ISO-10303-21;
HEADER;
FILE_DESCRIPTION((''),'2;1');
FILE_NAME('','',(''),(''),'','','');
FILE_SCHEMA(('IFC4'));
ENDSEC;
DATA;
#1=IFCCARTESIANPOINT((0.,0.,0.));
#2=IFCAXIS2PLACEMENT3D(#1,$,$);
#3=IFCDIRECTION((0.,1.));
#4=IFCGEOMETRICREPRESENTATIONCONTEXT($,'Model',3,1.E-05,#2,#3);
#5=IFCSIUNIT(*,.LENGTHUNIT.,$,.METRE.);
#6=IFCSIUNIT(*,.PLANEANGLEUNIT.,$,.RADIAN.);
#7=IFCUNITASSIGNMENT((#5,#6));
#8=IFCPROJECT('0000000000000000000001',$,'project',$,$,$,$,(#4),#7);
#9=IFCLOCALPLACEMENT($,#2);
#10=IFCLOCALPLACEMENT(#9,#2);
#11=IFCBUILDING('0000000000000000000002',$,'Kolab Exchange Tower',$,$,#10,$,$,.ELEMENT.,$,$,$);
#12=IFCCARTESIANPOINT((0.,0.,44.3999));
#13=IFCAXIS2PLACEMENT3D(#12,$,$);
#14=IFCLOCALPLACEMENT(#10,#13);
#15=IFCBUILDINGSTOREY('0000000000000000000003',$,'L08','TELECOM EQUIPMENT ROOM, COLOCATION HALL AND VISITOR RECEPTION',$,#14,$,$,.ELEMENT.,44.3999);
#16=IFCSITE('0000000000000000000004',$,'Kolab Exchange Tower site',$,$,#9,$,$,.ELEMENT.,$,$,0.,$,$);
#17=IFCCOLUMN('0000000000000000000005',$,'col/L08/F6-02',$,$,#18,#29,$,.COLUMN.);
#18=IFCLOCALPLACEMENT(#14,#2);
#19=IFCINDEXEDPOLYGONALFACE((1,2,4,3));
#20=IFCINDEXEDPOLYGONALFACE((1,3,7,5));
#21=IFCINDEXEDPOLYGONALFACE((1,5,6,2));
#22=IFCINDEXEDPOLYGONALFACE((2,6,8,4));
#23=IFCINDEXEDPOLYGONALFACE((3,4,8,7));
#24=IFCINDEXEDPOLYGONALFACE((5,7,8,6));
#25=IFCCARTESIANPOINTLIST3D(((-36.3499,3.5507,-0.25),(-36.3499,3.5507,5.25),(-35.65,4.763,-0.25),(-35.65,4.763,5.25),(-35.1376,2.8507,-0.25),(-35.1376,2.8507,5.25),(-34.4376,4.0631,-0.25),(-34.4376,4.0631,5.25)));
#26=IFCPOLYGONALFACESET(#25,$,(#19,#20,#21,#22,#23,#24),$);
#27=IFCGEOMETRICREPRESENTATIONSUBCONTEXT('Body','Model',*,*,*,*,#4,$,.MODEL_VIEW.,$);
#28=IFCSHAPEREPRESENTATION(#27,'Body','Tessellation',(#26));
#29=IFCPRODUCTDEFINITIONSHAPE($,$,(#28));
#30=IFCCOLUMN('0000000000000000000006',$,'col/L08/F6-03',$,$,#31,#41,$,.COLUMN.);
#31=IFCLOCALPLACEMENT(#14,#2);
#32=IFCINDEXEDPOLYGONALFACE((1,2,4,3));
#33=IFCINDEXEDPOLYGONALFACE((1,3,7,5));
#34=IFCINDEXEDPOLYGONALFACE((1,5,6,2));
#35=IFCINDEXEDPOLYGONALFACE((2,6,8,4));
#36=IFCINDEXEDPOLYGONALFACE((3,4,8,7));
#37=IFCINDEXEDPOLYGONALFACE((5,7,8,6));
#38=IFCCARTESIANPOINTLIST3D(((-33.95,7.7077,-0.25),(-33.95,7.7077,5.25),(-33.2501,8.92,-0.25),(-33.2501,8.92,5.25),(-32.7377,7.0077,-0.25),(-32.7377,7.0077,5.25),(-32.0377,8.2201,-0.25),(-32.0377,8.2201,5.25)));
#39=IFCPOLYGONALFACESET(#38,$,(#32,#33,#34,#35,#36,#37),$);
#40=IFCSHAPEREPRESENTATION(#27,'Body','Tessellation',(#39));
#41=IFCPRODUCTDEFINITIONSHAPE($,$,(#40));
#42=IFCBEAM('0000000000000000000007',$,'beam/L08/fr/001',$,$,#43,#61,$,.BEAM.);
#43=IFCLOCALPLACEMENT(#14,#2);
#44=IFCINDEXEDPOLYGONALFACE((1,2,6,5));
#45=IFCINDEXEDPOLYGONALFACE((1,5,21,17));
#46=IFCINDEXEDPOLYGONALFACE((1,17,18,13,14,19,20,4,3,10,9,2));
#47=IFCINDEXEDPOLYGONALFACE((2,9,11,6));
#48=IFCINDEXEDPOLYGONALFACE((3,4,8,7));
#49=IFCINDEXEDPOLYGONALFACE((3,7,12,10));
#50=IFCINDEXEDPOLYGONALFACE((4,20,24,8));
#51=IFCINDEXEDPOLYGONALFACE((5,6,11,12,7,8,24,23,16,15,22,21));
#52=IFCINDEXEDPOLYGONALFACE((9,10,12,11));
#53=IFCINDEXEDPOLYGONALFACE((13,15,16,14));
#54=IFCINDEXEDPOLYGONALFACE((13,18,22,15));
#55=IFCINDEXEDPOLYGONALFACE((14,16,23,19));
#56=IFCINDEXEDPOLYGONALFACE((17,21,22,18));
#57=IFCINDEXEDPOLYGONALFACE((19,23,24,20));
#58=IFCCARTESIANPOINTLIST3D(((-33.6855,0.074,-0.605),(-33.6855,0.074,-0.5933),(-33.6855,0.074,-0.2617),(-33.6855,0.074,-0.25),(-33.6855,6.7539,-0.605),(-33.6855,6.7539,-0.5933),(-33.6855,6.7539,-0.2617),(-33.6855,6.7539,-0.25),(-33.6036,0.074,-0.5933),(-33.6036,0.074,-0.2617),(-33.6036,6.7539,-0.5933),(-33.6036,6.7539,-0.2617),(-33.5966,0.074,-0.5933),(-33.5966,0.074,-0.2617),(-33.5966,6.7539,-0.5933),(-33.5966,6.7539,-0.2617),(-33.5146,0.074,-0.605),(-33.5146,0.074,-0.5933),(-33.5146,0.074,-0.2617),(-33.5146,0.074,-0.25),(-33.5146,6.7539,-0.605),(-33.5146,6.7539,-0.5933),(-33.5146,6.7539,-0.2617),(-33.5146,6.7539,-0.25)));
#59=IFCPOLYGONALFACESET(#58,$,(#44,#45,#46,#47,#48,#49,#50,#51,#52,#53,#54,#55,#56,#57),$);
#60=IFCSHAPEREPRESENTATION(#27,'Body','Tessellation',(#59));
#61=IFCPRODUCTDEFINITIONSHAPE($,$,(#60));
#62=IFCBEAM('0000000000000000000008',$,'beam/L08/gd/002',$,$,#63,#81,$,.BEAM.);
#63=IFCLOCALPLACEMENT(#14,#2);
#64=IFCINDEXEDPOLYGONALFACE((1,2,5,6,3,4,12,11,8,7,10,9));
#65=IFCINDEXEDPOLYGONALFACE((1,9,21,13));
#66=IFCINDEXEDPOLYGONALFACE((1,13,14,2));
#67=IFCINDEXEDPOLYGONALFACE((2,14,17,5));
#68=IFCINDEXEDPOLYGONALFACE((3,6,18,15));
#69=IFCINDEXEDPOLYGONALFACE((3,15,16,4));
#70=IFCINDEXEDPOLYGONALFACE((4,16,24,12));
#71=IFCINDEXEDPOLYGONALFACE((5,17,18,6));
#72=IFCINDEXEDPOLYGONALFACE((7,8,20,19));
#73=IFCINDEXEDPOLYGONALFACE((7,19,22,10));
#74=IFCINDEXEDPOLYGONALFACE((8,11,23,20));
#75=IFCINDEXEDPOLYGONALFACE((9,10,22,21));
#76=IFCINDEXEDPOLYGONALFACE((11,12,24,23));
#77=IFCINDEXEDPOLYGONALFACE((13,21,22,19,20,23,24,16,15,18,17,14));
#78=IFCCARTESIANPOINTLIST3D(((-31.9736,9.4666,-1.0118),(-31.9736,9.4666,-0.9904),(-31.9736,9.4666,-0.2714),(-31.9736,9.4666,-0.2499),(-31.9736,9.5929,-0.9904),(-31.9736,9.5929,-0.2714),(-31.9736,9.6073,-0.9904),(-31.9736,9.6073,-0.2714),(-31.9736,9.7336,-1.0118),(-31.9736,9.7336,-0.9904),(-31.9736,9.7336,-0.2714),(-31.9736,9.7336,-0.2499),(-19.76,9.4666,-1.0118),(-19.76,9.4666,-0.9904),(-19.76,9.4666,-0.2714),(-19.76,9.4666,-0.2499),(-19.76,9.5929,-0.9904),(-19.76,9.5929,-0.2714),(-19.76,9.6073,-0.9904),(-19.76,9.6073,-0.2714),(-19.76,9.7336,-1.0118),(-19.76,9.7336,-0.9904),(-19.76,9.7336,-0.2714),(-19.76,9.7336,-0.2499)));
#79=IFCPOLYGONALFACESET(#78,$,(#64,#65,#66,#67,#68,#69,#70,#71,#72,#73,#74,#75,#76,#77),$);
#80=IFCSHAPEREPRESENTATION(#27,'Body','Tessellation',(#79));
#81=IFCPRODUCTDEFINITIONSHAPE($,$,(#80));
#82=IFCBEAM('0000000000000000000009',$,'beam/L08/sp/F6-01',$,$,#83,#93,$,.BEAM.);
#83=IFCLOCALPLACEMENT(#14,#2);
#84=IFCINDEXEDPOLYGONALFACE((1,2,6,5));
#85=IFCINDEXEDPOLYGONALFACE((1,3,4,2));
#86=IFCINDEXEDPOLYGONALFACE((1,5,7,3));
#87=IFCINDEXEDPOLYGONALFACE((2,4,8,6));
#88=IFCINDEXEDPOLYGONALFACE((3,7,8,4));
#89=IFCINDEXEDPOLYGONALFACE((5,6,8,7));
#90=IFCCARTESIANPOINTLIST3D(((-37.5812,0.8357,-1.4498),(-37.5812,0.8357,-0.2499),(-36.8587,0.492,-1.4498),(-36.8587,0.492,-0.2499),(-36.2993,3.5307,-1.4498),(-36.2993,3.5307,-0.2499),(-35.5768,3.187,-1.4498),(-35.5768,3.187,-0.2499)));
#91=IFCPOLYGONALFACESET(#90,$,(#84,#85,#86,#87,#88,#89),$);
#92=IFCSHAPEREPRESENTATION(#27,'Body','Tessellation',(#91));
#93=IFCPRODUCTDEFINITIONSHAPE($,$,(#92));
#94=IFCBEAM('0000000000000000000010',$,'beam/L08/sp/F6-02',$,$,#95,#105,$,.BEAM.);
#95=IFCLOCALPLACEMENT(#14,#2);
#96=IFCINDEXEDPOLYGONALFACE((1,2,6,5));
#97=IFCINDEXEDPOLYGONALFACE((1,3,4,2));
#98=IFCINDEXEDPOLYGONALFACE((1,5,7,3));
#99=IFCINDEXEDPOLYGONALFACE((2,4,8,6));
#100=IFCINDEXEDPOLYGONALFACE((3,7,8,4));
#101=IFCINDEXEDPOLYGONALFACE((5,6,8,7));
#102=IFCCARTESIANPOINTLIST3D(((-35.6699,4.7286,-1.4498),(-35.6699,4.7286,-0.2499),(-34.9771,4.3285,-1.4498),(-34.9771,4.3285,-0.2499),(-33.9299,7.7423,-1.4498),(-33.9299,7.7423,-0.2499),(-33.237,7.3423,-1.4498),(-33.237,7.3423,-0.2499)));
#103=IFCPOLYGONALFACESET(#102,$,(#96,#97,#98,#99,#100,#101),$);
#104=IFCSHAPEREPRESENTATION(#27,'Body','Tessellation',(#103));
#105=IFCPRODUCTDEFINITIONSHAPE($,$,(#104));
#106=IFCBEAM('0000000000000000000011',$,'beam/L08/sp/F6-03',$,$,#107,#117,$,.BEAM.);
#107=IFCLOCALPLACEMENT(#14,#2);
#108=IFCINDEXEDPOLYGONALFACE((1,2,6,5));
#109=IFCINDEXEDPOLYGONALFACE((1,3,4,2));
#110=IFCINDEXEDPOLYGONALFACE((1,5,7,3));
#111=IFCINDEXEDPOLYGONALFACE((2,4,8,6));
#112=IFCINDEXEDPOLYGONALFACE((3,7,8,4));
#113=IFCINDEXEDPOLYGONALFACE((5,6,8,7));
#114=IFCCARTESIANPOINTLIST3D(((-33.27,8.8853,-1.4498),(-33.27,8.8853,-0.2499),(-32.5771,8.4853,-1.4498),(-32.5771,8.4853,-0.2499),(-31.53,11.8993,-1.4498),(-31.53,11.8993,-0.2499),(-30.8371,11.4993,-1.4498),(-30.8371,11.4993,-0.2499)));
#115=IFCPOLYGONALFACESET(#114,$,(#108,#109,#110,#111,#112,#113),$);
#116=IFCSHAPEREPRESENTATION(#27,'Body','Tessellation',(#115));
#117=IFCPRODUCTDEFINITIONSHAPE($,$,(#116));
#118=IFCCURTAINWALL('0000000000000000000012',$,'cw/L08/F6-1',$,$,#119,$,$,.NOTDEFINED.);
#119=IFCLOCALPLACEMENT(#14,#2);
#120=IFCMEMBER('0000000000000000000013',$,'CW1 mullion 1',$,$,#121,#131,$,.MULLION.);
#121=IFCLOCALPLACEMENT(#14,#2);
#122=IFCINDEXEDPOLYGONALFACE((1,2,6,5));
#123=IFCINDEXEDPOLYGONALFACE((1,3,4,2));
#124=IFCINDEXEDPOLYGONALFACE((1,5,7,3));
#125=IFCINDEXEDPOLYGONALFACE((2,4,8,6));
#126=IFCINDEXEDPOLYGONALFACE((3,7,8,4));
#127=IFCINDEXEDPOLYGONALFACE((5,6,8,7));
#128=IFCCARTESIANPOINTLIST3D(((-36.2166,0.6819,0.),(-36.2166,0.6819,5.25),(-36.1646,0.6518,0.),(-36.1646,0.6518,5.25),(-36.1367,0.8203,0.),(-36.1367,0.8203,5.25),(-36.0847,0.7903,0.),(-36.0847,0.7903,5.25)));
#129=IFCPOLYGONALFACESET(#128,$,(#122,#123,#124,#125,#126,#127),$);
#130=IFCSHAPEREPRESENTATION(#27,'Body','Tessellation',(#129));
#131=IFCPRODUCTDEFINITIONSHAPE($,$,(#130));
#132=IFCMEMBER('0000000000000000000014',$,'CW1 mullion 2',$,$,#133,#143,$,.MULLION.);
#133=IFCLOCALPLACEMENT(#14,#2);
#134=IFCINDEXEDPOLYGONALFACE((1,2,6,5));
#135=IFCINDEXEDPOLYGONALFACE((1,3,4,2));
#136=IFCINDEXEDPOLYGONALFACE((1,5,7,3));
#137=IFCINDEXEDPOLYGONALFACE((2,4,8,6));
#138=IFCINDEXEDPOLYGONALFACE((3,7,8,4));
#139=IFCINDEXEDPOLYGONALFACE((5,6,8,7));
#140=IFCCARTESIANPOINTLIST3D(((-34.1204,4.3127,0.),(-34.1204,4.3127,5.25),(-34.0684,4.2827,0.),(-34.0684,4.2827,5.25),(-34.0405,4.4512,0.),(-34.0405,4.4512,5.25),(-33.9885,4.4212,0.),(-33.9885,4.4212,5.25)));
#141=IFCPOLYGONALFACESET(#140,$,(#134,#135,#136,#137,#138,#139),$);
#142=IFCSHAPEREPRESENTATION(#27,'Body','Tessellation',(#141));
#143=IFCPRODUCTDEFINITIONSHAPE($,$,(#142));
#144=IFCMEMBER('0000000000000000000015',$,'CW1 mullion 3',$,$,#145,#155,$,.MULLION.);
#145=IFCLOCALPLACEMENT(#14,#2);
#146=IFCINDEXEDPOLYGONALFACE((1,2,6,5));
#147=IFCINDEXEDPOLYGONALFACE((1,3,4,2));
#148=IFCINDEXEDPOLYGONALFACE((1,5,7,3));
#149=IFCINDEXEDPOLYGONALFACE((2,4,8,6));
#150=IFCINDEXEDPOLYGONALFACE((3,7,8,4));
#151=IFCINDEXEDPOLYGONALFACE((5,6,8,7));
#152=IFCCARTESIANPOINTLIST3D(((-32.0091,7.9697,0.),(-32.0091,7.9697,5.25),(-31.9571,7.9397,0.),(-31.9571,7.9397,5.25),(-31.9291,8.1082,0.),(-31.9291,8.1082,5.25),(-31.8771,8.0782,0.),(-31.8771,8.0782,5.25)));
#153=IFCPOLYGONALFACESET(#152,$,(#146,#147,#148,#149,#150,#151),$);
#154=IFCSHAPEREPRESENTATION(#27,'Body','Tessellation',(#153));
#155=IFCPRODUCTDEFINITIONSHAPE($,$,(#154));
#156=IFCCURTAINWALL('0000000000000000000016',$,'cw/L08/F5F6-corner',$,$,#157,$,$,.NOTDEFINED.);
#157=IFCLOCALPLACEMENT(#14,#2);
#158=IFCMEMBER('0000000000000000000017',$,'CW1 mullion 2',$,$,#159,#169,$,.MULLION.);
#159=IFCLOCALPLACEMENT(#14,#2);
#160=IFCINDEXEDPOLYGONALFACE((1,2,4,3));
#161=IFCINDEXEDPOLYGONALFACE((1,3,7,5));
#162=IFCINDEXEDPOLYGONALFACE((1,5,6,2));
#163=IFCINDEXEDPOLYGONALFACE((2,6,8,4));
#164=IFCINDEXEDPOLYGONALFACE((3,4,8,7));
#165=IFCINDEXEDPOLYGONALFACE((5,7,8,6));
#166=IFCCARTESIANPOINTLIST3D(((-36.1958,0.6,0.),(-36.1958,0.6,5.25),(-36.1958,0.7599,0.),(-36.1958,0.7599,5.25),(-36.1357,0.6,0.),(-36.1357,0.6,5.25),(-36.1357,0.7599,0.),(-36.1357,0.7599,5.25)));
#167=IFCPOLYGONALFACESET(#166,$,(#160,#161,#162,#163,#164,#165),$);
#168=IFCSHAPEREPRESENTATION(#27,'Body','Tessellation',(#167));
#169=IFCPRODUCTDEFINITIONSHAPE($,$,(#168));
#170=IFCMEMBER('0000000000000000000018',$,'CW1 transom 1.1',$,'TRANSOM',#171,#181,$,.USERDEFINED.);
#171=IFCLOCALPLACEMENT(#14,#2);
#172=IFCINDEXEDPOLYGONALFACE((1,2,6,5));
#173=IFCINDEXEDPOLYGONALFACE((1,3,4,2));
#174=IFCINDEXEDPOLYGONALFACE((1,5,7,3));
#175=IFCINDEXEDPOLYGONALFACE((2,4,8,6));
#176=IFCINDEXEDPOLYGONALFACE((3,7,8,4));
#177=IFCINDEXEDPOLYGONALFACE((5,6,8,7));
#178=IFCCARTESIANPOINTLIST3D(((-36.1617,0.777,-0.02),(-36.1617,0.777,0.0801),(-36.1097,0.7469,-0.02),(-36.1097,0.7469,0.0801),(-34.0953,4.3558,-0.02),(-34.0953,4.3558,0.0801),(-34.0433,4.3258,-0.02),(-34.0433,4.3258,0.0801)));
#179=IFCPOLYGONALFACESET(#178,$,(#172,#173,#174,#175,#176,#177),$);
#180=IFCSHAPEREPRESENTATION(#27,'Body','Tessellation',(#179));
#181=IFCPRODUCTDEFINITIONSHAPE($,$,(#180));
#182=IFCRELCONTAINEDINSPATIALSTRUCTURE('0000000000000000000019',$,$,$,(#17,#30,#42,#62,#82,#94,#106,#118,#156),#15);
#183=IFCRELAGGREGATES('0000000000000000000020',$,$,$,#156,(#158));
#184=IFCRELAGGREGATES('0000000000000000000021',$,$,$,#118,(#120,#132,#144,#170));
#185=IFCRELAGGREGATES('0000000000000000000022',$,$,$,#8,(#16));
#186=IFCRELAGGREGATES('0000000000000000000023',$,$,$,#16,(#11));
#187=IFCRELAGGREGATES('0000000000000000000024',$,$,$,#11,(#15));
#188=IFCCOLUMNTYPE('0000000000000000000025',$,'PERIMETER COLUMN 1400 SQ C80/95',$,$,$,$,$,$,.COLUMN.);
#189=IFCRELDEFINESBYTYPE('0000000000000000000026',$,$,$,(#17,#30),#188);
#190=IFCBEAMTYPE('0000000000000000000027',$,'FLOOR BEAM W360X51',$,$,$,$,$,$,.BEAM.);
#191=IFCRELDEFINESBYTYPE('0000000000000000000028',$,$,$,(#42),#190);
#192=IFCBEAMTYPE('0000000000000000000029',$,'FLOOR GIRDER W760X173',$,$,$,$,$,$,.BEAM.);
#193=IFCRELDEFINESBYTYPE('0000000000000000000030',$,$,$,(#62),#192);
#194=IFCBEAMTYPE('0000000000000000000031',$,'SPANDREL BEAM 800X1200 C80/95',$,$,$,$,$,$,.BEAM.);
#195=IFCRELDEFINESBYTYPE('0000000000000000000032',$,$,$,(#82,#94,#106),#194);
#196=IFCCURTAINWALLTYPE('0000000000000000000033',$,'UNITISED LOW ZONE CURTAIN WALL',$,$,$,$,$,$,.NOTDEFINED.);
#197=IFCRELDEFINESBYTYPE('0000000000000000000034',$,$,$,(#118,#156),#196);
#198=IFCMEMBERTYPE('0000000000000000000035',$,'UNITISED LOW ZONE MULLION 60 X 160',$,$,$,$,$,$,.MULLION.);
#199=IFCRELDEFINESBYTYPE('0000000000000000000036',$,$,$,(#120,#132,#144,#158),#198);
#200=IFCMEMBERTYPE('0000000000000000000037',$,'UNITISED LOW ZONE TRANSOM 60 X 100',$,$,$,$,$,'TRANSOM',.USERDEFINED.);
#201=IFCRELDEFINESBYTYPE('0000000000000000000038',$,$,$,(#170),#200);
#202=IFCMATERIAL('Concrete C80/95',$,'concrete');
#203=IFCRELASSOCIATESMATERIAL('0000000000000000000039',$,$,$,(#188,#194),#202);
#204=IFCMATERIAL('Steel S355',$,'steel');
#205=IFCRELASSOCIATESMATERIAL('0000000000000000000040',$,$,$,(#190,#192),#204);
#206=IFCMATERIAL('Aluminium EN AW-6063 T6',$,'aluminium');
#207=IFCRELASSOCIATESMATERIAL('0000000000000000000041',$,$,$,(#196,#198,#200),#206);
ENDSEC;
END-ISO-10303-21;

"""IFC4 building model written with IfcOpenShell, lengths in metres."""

from ifc_helpers import new_model, si_unit, direction, frame, origin, origin_2d, place, context, subcontext, project, spatial, rectangle, i_section, extrude, material, material_profile, profile_set, type_object, element, aggregate, save


model = new_model("IFC4")

# Units and contexts
model_context = context("Model", 3, precision=1e-05, world=origin(), true_north=direction((0.0, 1.0)))
body_context = subcontext(model_context, "Body", "Model", "MODEL_VIEW")
ifc_project = project(units=[si_unit("LENGTHUNIT", "METRE"), si_unit("PLANEANGLEUNIT", "RADIAN")], contexts=[model_context])

# Site, building, storey
site_placement = place(None, origin())
site = spatial("IfcSite", under=ifc_project, at=site_placement, Name="Kolab Exchange Tower site", CompositionType="ELEMENT", RefElevation=0.0)
building_placement = place(site_placement, origin())
building = spatial("IfcBuilding", under=site, at=building_placement, Name="Kolab Exchange Tower", CompositionType="ELEMENT")
storey_placement = place(building_placement, frame((0.0, 0.0, 44.3999)))
storey = spatial("IfcBuildingStorey", under=building, at=storey_placement, Name="L08", Description="TELECOM EQUIPMENT ROOM, COLOCATION HALL AND VISITOR RECEPTION", CompositionType="ELEMENT", Elevation=44.3999)

# Columns
ifc_material_1 = material(Name="Concrete C80/95", Category="concrete")
ifc_material_profile_1 = material_profile(ifc_material_1, rectangle(XDim=1.3999, YDim=1.3999, at=origin_2d()), Name="RC1400")
ifc_profile_set_1 = profile_set([ifc_material_profile_1], Name="Concrete C80/95")
column_type = type_object("IfcColumnType", Name="PERIMETER COLUMN 1400 SQ C80/95", PredefinedType="COLUMN", material=ifc_profile_set_1)
for number, where, z_axis, x_axis, name in (
    (1, (-35.3938, 3.8069, -0.25), (0.0, 0.0, 1.0), (0.5, 0.866025, 0.0), "col/L08/F6-02"),
    (2, (-32.9939, 7.9639, -0.25), (0.0, 0.0, 1.0), (0.5, 0.866025, 0.0), "col/L08/F6-03"),
):
    element("IfcColumn", number, at=place(storey_placement, frame(where, z_axis=z_axis, x_axis=x_axis)), inside=storey, type_object=column_type, Name=name, PredefinedType="COLUMN", context=body_context, shape_type="SweptSolid", body=[
        extrude(rectangle(XDim=1.3999, YDim=1.3999, at=origin_2d()), origin(), (0.0, 0.0, 1.0), 5.5),
    ])

# Beams
ifc_material_2 = material(Name="Steel S355", Category="steel")
ifc_material_profile_2 = material_profile(ifc_material_2, i_section(OverallWidth=0.1709, OverallDepth=0.355, WebThickness=0.0071, FlangeThickness=0.0117, at=origin_2d()), Name="W360X51")
ifc_profile_set_2 = profile_set([ifc_material_profile_2], Name="Steel S355")
beam_type_1 = type_object("IfcBeamType", Name="FLOOR BEAM W360X51", PredefinedType="BEAM", material=ifc_profile_set_2)
beam_1_placement = place(storey_placement, frame((-33.6001, 0.074, -0.4275), z_axis=(0.0, 1.0, 0.0), x_axis=(-1.0, 0.0, 0.0)))
element("IfcBeam", 3, at=beam_1_placement, inside=storey, type_object=beam_type_1, Name="beam/L08/fr/001", PredefinedType="BEAM", context=body_context, shape_type="SweptSolid", body=[
    extrude(i_section(OverallWidth=0.1709, OverallDepth=0.355, WebThickness=0.0071, FlangeThickness=0.0117, at=origin_2d()), origin(), (0.0, 0.0, 1.0), 6.6799),
])
ifc_material_profile_3 = material_profile(ifc_material_2, i_section(OverallWidth=0.2671, OverallDepth=0.762, WebThickness=0.0144, FlangeThickness=0.0215, at=origin_2d()), Name="W760X173")
ifc_profile_set_3 = profile_set([ifc_material_profile_3], Name="Steel S355")
beam_type_2 = type_object("IfcBeamType", Name="FLOOR GIRDER W760X173", PredefinedType="BEAM", material=ifc_profile_set_3)
beam_2_placement = place(storey_placement, frame((-31.9736, 9.6001, -0.6309), z_axis=(1.0, 0.0, 0.0), x_axis=(0.0, 1.0, 0.0)))
element("IfcBeam", 4, at=beam_2_placement, inside=storey, type_object=beam_type_2, Name="beam/L08/gd/002", PredefinedType="BEAM", context=body_context, shape_type="SweptSolid", body=[
    extrude(i_section(OverallWidth=0.2671, OverallDepth=0.762, WebThickness=0.0144, FlangeThickness=0.0215, at=origin_2d()), origin(), (0.0, 0.0, 1.0), 12.2136),
])
ifc_material_profile_4 = material_profile(ifc_material_1, rectangle(XDim=0.8, YDim=1.2, at=origin_2d()), Name="RC800X1200")
ifc_profile_set_4 = profile_set([ifc_material_profile_4], Name="Concrete C80/95")
beam_type_3 = type_object("IfcBeamType", Name="SPANDREL BEAM 800X1200 C80/95", PredefinedType="BEAM", material=ifc_profile_set_4)
beam_3_placement = place(storey_placement, frame((-37.22, 0.6638, -0.8499), z_axis=(0.429556, 0.90304, 0.0), x_axis=(-0.90304, 0.429556, 0.0)))
element("IfcBeam", 5, at=beam_3_placement, inside=storey, type_object=beam_type_3, Name="beam/L08/sp/F6-01", PredefinedType="BEAM", context=body_context, shape_type="SweptSolid", body=[
    extrude(rectangle(XDim=0.8, YDim=1.2, at=origin_2d()), origin(), (0.0, 0.0, 1.0), 2.9844),
])
beam_4_placement = place(storey_placement, frame((-35.3235, 4.5286, -0.8499), z_axis=(0.50001, 0.86602, 0.0), x_axis=(-0.86602, 0.50001, 0.0)))
element("IfcBeam", 6, at=beam_4_placement, inside=storey, type_object=beam_type_3, Name="beam/L08/sp/F6-02", PredefinedType="BEAM", context=body_context, shape_type="SweptSolid", body=[
    extrude(rectangle(XDim=0.8, YDim=1.2, at=origin_2d()), origin(), (0.0, 0.0, 1.0), 3.48),
])
beam_5_placement = place(storey_placement, frame((-32.9236, 8.6853, -0.8499), z_axis=(0.49998, 0.866037, 0.0), x_axis=(-0.866037, 0.49998, 0.0)))
element("IfcBeam", 7, at=beam_5_placement, inside=storey, type_object=beam_type_3, Name="beam/L08/sp/F6-03", PredefinedType="BEAM", context=body_context, shape_type="SweptSolid", body=[
    extrude(rectangle(XDim=0.8, YDim=1.2, at=origin_2d()), origin(), (0.0, 0.0, 1.0), 3.4802),
])

# Curtain wall, members
ifc_material_3 = material(Name="Aluminium EN AW-6063 T6", Category="aluminium")
curtain_wall_type = type_object("IfcCurtainWallType", Name="UNITISED LOW ZONE CURTAIN WALL", PredefinedType="NOTDEFINED", material=ifc_material_3)
curtain_wall_1_placement = place(storey_placement, origin())
curtain_wall_1 = element("IfcCurtainWall", 8, at=curtain_wall_1_placement, inside=storey, type_object=curtain_wall_type, Name="cw/L08/F6-1", PredefinedType="NOTDEFINED")
ifc_material_profile_5 = material_profile(ifc_material_3, rectangle(XDim=0.0601, YDim=0.1599, at=origin_2d()), Name="RECT 60X160")
ifc_profile_set_5 = profile_set([ifc_material_profile_5], Name="Aluminium EN AW-6063 T6")
member_type_1 = type_object("IfcMemberType", Name="UNITISED LOW ZONE MULLION 60 X 160", PredefinedType="MULLION", material=ifc_profile_set_5)
member_1_placement = place(storey_placement, frame((-36.1506, 0.7361, 0.0), z_axis=(0.0, 0.0, 1.0), x_axis=(-0.866025, 0.5, 0.0)))
member_1 = element("IfcMember", 9, at=member_1_placement, type_object=member_type_1, Name="CW1 mullion 1", PredefinedType="MULLION", context=body_context, shape_type="SweptSolid", body=[
    extrude(rectangle(XDim=0.0601, YDim=0.1599, at=origin_2d()), origin(), (0.0, 0.0, 1.0), 5.25),
])
member_2_placement = place(storey_placement, frame((-34.0544, 4.3669, 0.0), z_axis=(0.0, 0.0, 1.0), x_axis=(-0.866025, 0.5, 0.0)))
member_2 = element("IfcMember", 10, at=member_2_placement, type_object=member_type_1, Name="CW1 mullion 2", PredefinedType="MULLION", context=body_context, shape_type="SweptSolid", body=[
    extrude(rectangle(XDim=0.0601, YDim=0.1599, at=origin_2d()), origin(), (0.0, 0.0, 1.0), 5.25),
])
member_3_placement = place(storey_placement, frame((-31.9431, 8.0239, 0.0), z_axis=(0.0, 0.0, 1.0), x_axis=(-0.866025, 0.5, 0.0)))
member_3 = element("IfcMember", 11, at=member_3_placement, type_object=member_type_1, Name="CW1 mullion 3", PredefinedType="MULLION", context=body_context, shape_type="SweptSolid", body=[
    extrude(rectangle(XDim=0.0601, YDim=0.1599, at=origin_2d()), origin(), (0.0, 0.0, 1.0), 5.25),
])

# Curtain wall, member
curtain_wall_2_placement = place(storey_placement, origin())
curtain_wall_2 = element("IfcCurtainWall", 12, at=curtain_wall_2_placement, inside=storey, type_object=curtain_wall_type, Name="cw/L08/F5F6-corner", PredefinedType="NOTDEFINED")
member_4_placement = place(storey_placement, frame((-36.1658, 0.6799, 0.0), z_axis=(0.0, 0.0, 1.0), x_axis=(-1.0, 0.0, 0.0)))
member_4 = element("IfcMember", 13, at=member_4_placement, type_object=member_type_1, Name="CW1 mullion 2", PredefinedType="MULLION", context=body_context, shape_type="SweptSolid", body=[
    extrude(rectangle(XDim=0.0601, YDim=0.1599, at=origin_2d()), origin(), (0.0, 0.0, 1.0), 5.25),
])
aggregate(curtain_wall_2, [member_4])

# Member
ifc_material_profile_6 = material_profile(ifc_material_3, rectangle(XDim=0.0601, YDim=0.1001, at=origin_2d()), Name="RECT 60X100")
ifc_profile_set_6 = profile_set([ifc_material_profile_6], Name="Aluminium EN AW-6063 T6")
member_type_2 = type_object("IfcMemberType", Name="UNITISED LOW ZONE TRANSOM 60 X 100", ElementType="TRANSOM", PredefinedType="USERDEFINED", material=ifc_profile_set_6)
member_5_placement = place(storey_placement, frame((-36.1357, 0.762, 0.03), z_axis=(0.500028, 0.866009, 0.0), x_axis=(-0.866009, 0.500028, 0.0)))
member_5 = element("IfcMember", 14, at=member_5_placement, type_object=member_type_2, Name="CW1 transom 1.1", ObjectType="TRANSOM", PredefinedType="USERDEFINED", context=body_context, shape_type="SweptSolid", body=[
    extrude(rectangle(XDim=0.0601, YDim=0.1001, at=origin_2d()), origin(), (0.0, 0.0, 1.0), 4.1326),
])

aggregate(curtain_wall_1, [member_1, member_2, member_3, member_5])

save(model, "model.ifc")
